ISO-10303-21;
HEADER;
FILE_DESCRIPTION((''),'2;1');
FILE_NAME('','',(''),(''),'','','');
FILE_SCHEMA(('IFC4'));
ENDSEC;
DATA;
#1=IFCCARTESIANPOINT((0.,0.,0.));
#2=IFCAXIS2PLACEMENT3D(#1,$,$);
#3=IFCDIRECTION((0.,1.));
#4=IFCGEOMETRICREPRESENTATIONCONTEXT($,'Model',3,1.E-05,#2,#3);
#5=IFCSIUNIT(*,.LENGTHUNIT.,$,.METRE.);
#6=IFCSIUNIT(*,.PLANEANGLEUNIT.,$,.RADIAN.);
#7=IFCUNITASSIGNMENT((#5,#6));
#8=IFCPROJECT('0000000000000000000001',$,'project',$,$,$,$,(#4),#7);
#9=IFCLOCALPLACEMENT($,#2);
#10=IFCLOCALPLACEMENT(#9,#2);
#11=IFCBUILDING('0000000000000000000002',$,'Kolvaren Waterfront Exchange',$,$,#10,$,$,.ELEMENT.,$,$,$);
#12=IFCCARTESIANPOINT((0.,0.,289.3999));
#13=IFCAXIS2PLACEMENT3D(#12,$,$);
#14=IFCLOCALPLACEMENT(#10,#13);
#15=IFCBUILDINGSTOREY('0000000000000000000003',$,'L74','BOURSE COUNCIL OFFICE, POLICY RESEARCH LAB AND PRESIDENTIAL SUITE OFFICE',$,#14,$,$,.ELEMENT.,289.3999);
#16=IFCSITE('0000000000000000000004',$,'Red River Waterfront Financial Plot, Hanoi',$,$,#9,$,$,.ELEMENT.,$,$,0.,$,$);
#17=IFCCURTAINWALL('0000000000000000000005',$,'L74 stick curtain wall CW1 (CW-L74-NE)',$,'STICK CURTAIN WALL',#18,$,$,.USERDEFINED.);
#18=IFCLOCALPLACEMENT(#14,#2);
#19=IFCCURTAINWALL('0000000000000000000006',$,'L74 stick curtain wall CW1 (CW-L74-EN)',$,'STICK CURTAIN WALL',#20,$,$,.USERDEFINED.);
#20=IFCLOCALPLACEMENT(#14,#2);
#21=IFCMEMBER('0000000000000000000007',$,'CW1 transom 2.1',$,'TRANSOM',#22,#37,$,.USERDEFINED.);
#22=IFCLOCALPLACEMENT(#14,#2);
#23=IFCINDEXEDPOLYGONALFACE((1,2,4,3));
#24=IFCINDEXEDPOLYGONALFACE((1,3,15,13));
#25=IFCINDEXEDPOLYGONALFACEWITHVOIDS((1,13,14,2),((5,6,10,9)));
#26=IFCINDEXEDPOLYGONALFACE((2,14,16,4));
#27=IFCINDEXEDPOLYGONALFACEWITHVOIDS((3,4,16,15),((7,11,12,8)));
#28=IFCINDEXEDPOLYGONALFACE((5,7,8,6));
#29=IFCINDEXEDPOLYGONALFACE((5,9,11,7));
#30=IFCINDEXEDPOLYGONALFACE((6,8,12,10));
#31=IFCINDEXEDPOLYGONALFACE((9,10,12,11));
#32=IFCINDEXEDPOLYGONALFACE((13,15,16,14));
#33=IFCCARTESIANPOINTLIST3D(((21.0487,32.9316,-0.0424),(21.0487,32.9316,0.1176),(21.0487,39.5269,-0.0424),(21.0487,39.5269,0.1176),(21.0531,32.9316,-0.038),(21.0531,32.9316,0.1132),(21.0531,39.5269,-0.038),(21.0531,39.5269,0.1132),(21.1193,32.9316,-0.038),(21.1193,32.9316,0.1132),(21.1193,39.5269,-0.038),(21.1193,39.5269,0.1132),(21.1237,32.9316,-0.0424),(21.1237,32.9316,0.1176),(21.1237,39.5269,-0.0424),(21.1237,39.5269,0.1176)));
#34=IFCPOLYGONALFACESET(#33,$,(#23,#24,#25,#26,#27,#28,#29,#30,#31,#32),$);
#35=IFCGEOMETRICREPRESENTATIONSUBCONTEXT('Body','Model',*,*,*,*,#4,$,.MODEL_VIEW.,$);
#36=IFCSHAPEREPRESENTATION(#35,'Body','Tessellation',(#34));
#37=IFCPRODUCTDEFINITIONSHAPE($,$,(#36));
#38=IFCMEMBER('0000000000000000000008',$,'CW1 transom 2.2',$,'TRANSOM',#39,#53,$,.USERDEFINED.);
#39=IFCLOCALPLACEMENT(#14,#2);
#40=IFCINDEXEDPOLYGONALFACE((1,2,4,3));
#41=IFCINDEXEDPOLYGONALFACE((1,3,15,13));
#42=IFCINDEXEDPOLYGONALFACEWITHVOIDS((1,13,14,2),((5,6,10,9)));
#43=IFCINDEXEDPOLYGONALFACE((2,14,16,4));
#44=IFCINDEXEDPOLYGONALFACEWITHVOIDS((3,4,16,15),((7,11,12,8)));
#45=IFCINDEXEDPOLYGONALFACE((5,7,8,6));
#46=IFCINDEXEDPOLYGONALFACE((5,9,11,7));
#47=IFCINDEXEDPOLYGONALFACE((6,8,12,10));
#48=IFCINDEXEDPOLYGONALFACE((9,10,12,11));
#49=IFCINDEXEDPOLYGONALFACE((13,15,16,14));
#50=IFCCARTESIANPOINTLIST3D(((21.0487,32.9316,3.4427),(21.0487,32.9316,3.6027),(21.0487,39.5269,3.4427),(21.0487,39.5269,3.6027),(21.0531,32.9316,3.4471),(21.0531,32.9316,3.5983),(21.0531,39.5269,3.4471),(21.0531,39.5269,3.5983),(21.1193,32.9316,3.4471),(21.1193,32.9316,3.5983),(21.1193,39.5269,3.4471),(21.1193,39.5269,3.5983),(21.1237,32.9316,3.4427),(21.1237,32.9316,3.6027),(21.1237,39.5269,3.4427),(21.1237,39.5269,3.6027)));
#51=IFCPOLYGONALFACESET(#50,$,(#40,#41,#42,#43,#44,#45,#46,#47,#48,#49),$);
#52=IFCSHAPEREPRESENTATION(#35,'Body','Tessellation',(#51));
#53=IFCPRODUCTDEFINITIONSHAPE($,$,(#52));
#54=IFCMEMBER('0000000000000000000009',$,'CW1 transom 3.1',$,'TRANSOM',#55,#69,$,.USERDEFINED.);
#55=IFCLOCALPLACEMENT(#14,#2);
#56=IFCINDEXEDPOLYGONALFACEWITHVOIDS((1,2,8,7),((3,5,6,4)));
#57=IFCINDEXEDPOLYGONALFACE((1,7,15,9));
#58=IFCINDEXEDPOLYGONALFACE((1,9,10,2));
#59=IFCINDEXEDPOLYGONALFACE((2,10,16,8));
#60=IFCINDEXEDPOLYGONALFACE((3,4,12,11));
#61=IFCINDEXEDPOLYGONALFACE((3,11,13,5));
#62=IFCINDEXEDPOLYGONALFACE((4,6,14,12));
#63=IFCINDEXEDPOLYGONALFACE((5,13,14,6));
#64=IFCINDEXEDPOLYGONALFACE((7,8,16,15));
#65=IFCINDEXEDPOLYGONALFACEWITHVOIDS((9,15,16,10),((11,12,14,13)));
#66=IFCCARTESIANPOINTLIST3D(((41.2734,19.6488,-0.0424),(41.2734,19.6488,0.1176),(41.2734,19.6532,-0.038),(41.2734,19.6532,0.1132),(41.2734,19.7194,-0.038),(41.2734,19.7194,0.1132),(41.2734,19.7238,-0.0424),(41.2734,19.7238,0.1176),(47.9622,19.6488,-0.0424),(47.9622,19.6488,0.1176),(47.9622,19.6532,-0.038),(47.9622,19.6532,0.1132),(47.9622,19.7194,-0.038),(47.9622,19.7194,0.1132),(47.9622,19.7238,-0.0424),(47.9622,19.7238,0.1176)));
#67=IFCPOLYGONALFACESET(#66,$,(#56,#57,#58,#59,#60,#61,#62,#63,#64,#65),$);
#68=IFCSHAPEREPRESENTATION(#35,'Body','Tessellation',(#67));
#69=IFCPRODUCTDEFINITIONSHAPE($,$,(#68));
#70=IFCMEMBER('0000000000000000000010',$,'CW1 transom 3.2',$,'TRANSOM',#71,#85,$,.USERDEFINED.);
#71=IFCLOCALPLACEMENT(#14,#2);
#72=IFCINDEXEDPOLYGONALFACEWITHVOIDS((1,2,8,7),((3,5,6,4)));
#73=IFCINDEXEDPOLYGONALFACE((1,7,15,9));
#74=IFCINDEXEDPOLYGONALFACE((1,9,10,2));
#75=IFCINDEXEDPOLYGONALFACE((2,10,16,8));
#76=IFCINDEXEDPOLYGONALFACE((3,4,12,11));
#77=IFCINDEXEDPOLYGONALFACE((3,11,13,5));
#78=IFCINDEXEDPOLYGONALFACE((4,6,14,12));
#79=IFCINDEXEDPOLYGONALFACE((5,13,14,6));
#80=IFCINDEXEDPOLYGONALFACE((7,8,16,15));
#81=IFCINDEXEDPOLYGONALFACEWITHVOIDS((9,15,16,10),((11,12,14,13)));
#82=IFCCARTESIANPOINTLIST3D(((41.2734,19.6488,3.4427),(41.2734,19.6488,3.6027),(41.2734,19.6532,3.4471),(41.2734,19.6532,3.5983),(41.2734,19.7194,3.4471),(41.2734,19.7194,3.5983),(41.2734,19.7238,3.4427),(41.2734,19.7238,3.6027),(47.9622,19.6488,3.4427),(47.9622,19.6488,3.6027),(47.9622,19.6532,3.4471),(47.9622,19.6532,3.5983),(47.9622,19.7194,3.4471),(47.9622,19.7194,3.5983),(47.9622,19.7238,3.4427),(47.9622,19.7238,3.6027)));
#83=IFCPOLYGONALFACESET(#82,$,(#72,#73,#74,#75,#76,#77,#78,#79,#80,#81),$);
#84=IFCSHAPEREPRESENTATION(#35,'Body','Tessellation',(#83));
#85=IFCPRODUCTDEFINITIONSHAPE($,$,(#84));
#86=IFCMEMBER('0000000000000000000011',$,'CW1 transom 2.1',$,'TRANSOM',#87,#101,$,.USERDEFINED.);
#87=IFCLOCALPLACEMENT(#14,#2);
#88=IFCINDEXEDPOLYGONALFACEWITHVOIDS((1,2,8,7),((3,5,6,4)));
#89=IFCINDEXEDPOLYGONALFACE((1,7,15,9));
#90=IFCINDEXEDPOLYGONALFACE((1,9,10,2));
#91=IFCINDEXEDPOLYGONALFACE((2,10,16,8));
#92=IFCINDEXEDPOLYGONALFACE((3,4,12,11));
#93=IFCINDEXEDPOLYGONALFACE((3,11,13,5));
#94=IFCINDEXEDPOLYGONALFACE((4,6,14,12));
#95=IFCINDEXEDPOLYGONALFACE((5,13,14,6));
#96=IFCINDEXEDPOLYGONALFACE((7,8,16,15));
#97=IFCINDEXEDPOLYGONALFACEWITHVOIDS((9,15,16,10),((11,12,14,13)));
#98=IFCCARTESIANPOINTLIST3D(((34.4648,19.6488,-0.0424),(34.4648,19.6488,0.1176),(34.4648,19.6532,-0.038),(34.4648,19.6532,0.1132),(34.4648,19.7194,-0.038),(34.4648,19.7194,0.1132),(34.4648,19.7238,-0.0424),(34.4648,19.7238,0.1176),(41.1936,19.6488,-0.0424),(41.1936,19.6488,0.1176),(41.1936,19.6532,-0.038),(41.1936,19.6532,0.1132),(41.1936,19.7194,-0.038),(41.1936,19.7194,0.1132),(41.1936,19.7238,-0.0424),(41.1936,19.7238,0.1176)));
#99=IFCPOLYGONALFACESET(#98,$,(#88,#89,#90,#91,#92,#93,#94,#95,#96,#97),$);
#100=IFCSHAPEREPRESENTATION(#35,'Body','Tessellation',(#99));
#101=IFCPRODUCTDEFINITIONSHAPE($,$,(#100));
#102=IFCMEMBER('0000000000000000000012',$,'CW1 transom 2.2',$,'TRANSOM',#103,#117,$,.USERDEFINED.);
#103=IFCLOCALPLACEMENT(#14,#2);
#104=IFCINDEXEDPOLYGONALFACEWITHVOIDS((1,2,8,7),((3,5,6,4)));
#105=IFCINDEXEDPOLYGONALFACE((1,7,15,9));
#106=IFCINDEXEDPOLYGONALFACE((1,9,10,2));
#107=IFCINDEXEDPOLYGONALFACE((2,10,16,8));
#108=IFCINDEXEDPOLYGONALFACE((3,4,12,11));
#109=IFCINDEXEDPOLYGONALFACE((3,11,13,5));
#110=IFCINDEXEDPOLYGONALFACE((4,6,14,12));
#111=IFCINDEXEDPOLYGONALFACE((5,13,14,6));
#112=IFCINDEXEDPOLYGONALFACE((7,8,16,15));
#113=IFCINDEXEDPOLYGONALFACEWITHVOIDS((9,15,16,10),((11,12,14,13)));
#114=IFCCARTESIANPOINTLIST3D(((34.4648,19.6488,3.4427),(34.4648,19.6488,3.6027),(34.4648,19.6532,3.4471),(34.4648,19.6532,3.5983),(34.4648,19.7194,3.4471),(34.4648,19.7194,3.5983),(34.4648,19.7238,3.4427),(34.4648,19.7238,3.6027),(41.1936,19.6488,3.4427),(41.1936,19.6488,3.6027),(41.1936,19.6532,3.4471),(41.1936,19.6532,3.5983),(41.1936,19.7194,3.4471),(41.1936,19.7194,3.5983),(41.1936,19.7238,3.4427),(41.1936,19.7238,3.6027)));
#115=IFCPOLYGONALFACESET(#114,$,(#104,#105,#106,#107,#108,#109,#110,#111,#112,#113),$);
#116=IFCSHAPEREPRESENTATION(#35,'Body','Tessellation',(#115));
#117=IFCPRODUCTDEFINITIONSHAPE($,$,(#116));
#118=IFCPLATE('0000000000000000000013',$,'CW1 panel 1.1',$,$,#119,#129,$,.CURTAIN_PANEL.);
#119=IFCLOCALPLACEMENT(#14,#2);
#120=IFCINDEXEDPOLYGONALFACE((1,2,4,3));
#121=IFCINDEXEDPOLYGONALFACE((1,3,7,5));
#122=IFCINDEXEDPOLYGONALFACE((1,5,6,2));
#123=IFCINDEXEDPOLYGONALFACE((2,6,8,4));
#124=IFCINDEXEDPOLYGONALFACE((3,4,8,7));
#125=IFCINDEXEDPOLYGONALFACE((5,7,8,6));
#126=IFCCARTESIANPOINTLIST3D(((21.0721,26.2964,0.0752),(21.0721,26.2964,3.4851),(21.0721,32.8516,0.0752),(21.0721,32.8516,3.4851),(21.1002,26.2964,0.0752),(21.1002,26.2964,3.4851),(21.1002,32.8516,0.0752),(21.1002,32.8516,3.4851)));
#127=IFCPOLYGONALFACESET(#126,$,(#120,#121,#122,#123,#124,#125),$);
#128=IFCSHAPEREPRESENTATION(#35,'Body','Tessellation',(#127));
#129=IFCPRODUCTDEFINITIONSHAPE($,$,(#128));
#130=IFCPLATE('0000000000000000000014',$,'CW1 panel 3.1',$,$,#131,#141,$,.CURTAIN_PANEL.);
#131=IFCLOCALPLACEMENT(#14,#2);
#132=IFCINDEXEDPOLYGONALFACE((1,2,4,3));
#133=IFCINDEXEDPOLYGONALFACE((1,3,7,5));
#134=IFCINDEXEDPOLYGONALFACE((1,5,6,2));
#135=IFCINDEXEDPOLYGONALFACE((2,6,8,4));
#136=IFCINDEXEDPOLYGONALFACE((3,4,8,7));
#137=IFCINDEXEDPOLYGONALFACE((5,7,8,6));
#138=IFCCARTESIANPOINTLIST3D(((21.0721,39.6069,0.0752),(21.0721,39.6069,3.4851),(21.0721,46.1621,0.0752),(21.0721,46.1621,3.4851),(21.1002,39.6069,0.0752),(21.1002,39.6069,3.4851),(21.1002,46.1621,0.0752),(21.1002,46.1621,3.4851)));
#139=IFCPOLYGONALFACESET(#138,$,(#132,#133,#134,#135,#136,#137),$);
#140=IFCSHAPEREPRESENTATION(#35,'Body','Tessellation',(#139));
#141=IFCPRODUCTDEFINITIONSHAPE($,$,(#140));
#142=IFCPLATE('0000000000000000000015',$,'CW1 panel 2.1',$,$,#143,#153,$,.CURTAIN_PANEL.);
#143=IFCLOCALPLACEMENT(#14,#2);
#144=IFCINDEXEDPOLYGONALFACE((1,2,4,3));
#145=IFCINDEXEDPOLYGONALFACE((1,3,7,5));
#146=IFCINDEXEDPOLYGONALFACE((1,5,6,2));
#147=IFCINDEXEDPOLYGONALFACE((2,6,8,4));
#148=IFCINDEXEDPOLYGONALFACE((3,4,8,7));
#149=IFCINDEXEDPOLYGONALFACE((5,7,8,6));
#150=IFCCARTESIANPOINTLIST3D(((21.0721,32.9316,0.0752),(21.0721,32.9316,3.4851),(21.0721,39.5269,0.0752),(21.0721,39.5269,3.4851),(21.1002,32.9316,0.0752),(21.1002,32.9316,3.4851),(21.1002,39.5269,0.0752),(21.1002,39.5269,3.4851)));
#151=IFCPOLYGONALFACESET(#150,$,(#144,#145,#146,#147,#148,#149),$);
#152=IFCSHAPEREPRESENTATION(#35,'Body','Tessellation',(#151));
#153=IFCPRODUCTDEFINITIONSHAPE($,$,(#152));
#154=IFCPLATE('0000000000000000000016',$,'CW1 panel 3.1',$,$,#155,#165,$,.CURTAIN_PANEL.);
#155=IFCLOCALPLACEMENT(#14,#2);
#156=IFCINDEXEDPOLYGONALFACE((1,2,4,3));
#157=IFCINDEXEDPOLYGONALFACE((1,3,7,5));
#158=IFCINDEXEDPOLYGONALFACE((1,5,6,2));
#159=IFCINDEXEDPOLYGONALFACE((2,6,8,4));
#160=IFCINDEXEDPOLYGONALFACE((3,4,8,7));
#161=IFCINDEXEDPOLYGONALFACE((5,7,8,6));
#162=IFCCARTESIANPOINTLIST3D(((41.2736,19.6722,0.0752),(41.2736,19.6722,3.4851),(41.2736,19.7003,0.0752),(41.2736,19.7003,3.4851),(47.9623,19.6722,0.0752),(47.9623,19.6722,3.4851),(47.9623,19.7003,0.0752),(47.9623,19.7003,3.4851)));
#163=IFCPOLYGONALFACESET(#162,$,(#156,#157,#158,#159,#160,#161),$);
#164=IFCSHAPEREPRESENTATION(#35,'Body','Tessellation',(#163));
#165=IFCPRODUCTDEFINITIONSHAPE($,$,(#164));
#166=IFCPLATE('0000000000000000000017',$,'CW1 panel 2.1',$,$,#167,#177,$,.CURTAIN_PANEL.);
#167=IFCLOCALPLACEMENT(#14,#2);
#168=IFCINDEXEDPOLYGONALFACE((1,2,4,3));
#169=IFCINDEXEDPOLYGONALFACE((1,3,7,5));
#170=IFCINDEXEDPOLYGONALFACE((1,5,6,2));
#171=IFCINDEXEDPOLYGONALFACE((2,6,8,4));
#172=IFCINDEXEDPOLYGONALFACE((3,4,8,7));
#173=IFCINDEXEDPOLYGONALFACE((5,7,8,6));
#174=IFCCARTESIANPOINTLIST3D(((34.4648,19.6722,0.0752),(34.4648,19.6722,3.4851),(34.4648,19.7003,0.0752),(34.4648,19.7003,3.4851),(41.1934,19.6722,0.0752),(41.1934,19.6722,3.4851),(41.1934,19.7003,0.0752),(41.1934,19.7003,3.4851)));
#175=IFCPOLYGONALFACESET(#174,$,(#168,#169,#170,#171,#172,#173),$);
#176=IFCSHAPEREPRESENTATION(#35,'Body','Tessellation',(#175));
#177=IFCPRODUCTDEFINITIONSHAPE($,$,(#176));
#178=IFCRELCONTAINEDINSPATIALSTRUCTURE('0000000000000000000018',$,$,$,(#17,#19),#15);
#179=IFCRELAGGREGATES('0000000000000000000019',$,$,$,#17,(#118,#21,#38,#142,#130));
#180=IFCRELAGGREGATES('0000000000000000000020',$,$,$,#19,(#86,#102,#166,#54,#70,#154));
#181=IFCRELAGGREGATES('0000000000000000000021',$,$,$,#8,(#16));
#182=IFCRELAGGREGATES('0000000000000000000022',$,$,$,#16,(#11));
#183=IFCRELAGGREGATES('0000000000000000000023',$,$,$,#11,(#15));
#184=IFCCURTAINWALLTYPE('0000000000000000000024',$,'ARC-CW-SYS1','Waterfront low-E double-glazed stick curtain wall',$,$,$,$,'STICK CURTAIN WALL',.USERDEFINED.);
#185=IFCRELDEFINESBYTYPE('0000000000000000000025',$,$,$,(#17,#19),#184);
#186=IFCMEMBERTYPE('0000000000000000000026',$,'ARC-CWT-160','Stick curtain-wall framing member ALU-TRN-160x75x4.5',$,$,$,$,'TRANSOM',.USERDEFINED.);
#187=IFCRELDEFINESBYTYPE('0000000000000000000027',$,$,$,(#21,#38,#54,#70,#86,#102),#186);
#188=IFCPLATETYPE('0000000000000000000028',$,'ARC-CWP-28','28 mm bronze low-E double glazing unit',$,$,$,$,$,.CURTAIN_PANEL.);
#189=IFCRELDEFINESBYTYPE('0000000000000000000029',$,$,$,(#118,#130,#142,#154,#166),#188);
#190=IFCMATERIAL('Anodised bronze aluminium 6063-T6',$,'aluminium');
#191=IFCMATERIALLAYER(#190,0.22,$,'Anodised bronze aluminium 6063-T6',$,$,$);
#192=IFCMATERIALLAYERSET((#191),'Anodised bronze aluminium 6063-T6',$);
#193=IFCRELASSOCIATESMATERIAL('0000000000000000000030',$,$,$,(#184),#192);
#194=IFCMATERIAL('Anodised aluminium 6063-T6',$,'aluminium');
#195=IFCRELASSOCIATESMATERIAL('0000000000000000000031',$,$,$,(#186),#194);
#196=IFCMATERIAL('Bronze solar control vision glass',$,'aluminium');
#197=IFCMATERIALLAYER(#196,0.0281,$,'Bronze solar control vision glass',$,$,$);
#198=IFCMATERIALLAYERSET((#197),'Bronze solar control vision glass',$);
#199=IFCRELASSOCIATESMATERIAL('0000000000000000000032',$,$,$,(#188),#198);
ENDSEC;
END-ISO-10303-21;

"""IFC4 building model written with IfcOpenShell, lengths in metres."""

from ifc_helpers import new_model, si_unit, direction, frame, origin, origin_with_axes, origin_2d, place, context, subcontext, project, spatial, rectangle, hollow_rectangle, extrude, source, transform, mapped, material, layer, layer_set, material_profile, profile_set, type_object, element, aggregate, save


model = new_model("IFC4")

# Units and contexts
model_context = context("Model", 3, precision=1e-05, world=origin(), true_north=direction((0.0, 1.0)))
body_context = subcontext(model_context, "Body", "Model", "MODEL_VIEW")
ifc_project = project(units=[si_unit("LENGTHUNIT", "METRE"), si_unit("PLANEANGLEUNIT", "RADIAN")], contexts=[model_context])

# Site, building, storey
site_placement = place(None, origin())
site = spatial("IfcSite", under=ifc_project, at=site_placement, Name="Red River Waterfront Financial Plot, Hanoi", CompositionType="ELEMENT", RefElevation=0.0)
building_placement = place(site_placement, origin())
building = spatial("IfcBuilding", under=site, at=building_placement, Name="Kolvaren Waterfront Exchange", CompositionType="ELEMENT")
storey_placement = place(building_placement, frame((0.0, 0.0, 289.3999)))
storey = spatial("IfcBuildingStorey", under=building, at=storey_placement, Name="L74", Description="BOURSE COUNCIL OFFICE, POLICY RESEARCH LAB AND PRESIDENTIAL SUITE OFFICE", CompositionType="ELEMENT", Elevation=289.3999)

# Curtain walls
ifc_material_1 = material(Name="Anodised bronze aluminium 6063-T6", Category="aluminium")
ifc_layer_1 = layer(ifc_material_1, 0.22, Name="Anodised bronze aluminium 6063-T6")
ifc_layer_set_1 = layer_set([ifc_layer_1], Name="Anodised bronze aluminium 6063-T6")
curtain_wall_type = type_object("IfcCurtainWallType", Name="ARC-CW-SYS1", Description="Waterfront low-E double-glazed stick curtain wall", ElementType="STICK CURTAIN WALL", PredefinedType="USERDEFINED", material=ifc_layer_set_1)
curtain_wall_1_placement = place(storey_placement, origin())
curtain_wall_1 = element("IfcCurtainWall", 1, at=curtain_wall_1_placement, inside=storey, type_object=curtain_wall_type, Name="L74 stick curtain wall CW1 (CW-L74-NE)", ObjectType="STICK CURTAIN WALL", PredefinedType="USERDEFINED")
ifc_material_2 = material(Name="Anodised aluminium 6063-T6", Category="aluminium")
curtain_wall_2_placement = place(storey_placement, origin())
curtain_wall_2 = element("IfcCurtainWall", 2, at=curtain_wall_2_placement, inside=storey, type_object=curtain_wall_type, Name="L74 stick curtain wall CW1 (CW-L74-EN)", ObjectType="STICK CURTAIN WALL", PredefinedType="USERDEFINED")

# Members
ifc_material_profile_1 = material_profile(ifc_material_2, hollow_rectangle(XDim=0.075, YDim=0.1599, WallThickness=0.0044, at=origin_2d()), Name="ALU-TRN-160x75x4.5")
ifc_profile_set_1 = profile_set([ifc_material_profile_1], Name="Anodised aluminium 6063-T6")
member_type_1 = type_object("IfcMemberType", Name="ARC-CWT-160", Description="Stick curtain-wall framing member ALU-TRN-160x75x4.5", ElementType="TRANSOM", PredefinedType="USERDEFINED", material=ifc_profile_set_1)
shared_shape_1 = source(origin_with_axes(), body_context, "Body", "SweptSolid", [
    extrude(hollow_rectangle(XDim=0.075, YDim=0.1599, WallThickness=0.0044, at=origin_2d()), origin(), (0.0, 0.0, 1.0), 6.5952),
])
member_1_placement = place(storey_placement, frame((21.0862, 32.9316, 0.0376), z_axis=(0.0, 1.0, 0.0), x_axis=(-1.0, 0.0, 0.0)))
member_1 = element("IfcMember", 3, at=member_1_placement, type_object=member_type_1, Name="CW1 transom 2.1", ObjectType="TRANSOM", PredefinedType="USERDEFINED", context=body_context, shape_type="MappedRepresentation", body=[
    mapped(shared_shape_1, transform((0.0, 0.0, 0.0), x_axis=(1.0, 0.0, 0.0), y_axis=(0.0, 1.0, 0.0), z_axis=(0.0, 0.0, 1.0), scale=1.0)),
])
member_2_placement = place(storey_placement, frame((21.0862, 32.9316, 3.5227), z_axis=(0.0, 1.0, 0.0), x_axis=(-1.0, 0.0, 0.0)))
member_2 = element("IfcMember", 4, at=member_2_placement, type_object=member_type_1, Name="CW1 transom 2.2", ObjectType="TRANSOM", PredefinedType="USERDEFINED", context=body_context, shape_type="MappedRepresentation", body=[
    mapped(shared_shape_1, transform((0.0, 0.0, 0.0), x_axis=(1.0, 0.0, 0.0), y_axis=(0.0, 1.0, 0.0), z_axis=(0.0, 0.0, 1.0), scale=1.0)),
])
shared_shape_2 = source(origin_with_axes(), body_context, "Body", "SweptSolid", [
    extrude(hollow_rectangle(XDim=0.075, YDim=0.1599, WallThickness=0.0044, at=origin_2d()), origin(), (0.0, 0.0, 1.0), 6.6887),
])
member_3_placement = place(storey_placement, frame((41.2734, 19.6863, 0.0376), z_axis=(1.0, 0.0, 0.0), x_axis=(0.0, 1.0, 0.0)))
member_3 = element("IfcMember", 5, at=member_3_placement, type_object=member_type_1, Name="CW1 transom 3.1", ObjectType="TRANSOM", PredefinedType="USERDEFINED", context=body_context, shape_type="MappedRepresentation", body=[
    mapped(shared_shape_2, transform((0.0, 0.0, 0.0), x_axis=(1.0, 0.0, 0.0), y_axis=(0.0, 1.0, 0.0), z_axis=(0.0, 0.0, 1.0), scale=1.0)),
])
member_4_placement = place(storey_placement, frame((41.2734, 19.6863, 3.5227), z_axis=(1.0, 0.0, 0.0), x_axis=(0.0, 1.0, 0.0)))
member_4 = element("IfcMember", 6, at=member_4_placement, type_object=member_type_1, Name="CW1 transom 3.2", ObjectType="TRANSOM", PredefinedType="USERDEFINED", context=body_context, shape_type="MappedRepresentation", body=[
    mapped(shared_shape_2, transform((0.0, 0.0, 0.0), x_axis=(1.0, 0.0, 0.0), y_axis=(0.0, 1.0, 0.0), z_axis=(0.0, 0.0, 1.0), scale=1.0)),
])
shared_shape_3 = source(origin_with_axes(), body_context, "Body", "SweptSolid", [
    extrude(hollow_rectangle(XDim=0.075, YDim=0.1599, WallThickness=0.0044, at=origin_2d()), origin(), (0.0, 0.0, 1.0), 6.7288),
])
member_5_placement = place(storey_placement, frame((34.4648, 19.6863, 0.0376), z_axis=(1.0, 0.0, 0.0), x_axis=(0.0, 1.0, 0.0)))
member_5 = element("IfcMember", 7, at=member_5_placement, type_object=member_type_1, Name="CW1 transom 2.1", ObjectType="TRANSOM", PredefinedType="USERDEFINED", context=body_context, shape_type="MappedRepresentation", body=[
    mapped(shared_shape_3, transform((0.0, 0.0, 0.0), x_axis=(1.0, 0.0, 0.0), y_axis=(0.0, 1.0, 0.0), z_axis=(0.0, 0.0, 1.0), scale=1.0)),
])
member_6_placement = place(storey_placement, frame((34.4648, 19.6863, 3.5227), z_axis=(1.0, 0.0, 0.0), x_axis=(0.0, 1.0, 0.0)))
member_6 = element("IfcMember", 8, at=member_6_placement, type_object=member_type_1, Name="CW1 transom 2.2", ObjectType="TRANSOM", PredefinedType="USERDEFINED", context=body_context, shape_type="MappedRepresentation", body=[
    mapped(shared_shape_3, transform((0.0, 0.0, 0.0), x_axis=(1.0, 0.0, 0.0), y_axis=(0.0, 1.0, 0.0), z_axis=(0.0, 0.0, 1.0), scale=1.0)),
])

# Plates
ifc_material_3 = material(Name="Bronze solar control vision glass", Category="aluminium")
ifc_layer_2 = layer(ifc_material_3, 0.0281, Name="Bronze solar control vision glass")
ifc_layer_set_2 = layer_set([ifc_layer_2], Name="Bronze solar control vision glass")
plate_type = type_object("IfcPlateType", Name="ARC-CWP-28", Description="28 mm bronze low-E double glazing unit", PredefinedType="CURTAIN_PANEL", material=ifc_layer_set_2)
shared_shape_4 = source(origin_with_axes(), body_context, "Body", "SweptSolid", [
    extrude(rectangle(XDim=6.5552, YDim=0.0281, at=origin_2d()), origin(), (0.0, 0.0, 1.0), 3.4099),
])
plate_1_placement = place(storey_placement, frame((21.0862, 29.574, 0.0752), z_axis=(0.0, 0.0, 1.0), x_axis=(0.0, 1.0, 0.0)))
plate_1 = element("IfcPlate", 9, at=plate_1_placement, type_object=plate_type, Name="CW1 panel 1.1", PredefinedType="CURTAIN_PANEL", context=body_context, shape_type="MappedRepresentation", body=[
    mapped(shared_shape_4, transform((0.0, 0.0, 0.0), x_axis=(1.0, 0.0, 0.0), y_axis=(0.0, 1.0, 0.0), z_axis=(0.0, 0.0, 1.0), scale=1.0)),
])
plate_2_placement = place(storey_placement, frame((21.0862, 42.8845, 0.0752), z_axis=(0.0, 0.0, 1.0), x_axis=(0.0, 1.0, 0.0)))
plate_2 = element("IfcPlate", 10, at=plate_2_placement, type_object=plate_type, Name="CW1 panel 3.1", PredefinedType="CURTAIN_PANEL", context=body_context, shape_type="MappedRepresentation", body=[
    mapped(shared_shape_4, transform((0.0, 0.0, 0.0), x_axis=(1.0, 0.0, 0.0), y_axis=(0.0, 1.0, 0.0), z_axis=(0.0, 0.0, 1.0), scale=1.0)),
])
shared_shape_5 = source(origin_with_axes(), body_context, "Body", "SweptSolid", [
    extrude(rectangle(XDim=6.5952, YDim=0.0281, at=origin_2d()), origin(), (0.0, 0.0, 1.0), 3.4099),
])
plate_3_placement = place(storey_placement, frame((21.0862, 36.2292, 0.0752), z_axis=(0.0, 0.0, 1.0), x_axis=(0.0, 1.0, 0.0)))
plate_3 = element("IfcPlate", 11, at=plate_3_placement, type_object=plate_type, Name="CW1 panel 2.1", PredefinedType="CURTAIN_PANEL", context=body_context, shape_type="MappedRepresentation", body=[
    mapped(shared_shape_5, transform((0.0, 0.0, 0.0), x_axis=(1.0, 0.0, 0.0), y_axis=(0.0, 1.0, 0.0), z_axis=(0.0, 0.0, 1.0), scale=1.0)),
])
aggregate(curtain_wall_1, [plate_1, member_1, member_2, plate_3, plate_2])
shared_shape_6 = source(origin_with_axes(), body_context, "Body", "SweptSolid", [
    extrude(rectangle(XDim=6.6887, YDim=0.0281, at=origin_2d()), origin(), (0.0, 0.0, 1.0), 3.4099),
])
plate_4_placement = place(storey_placement, frame((44.6179, 19.6863, 0.0752), z_axis=(0.0, 0.0, 1.0), x_axis=(1.0, 0.0, 0.0)))
plate_4 = element("IfcPlate", 12, at=plate_4_placement, type_object=plate_type, Name="CW1 panel 3.1", PredefinedType="CURTAIN_PANEL", context=body_context, shape_type="MappedRepresentation", body=[
    mapped(shared_shape_6, transform((0.0, 0.0, 0.0), x_axis=(1.0, 0.0, 0.0), y_axis=(0.0, 1.0, 0.0), z_axis=(0.0, 0.0, 1.0), scale=1.0)),
])
shared_shape_7 = source(origin_with_axes(), body_context, "Body", "SweptSolid", [
    extrude(rectangle(XDim=6.7285, YDim=0.0281, at=origin_2d()), origin(), (0.0, 0.0, 1.0), 3.4099),
])
plate_5_placement = place(storey_placement, frame((37.8291, 19.6863, 0.0752), z_axis=(0.0, 0.0, 1.0), x_axis=(1.0, 0.0, 0.0)))
plate_5 = element("IfcPlate", 13, at=plate_5_placement, type_object=plate_type, Name="CW1 panel 2.1", PredefinedType="CURTAIN_PANEL", context=body_context, shape_type="MappedRepresentation", body=[
    mapped(shared_shape_7, transform((0.0, 0.0, 0.0), x_axis=(1.0, 0.0, 0.0), y_axis=(0.0, 1.0, 0.0), z_axis=(0.0, 0.0, 1.0), scale=1.0)),
])
aggregate(curtain_wall_2, [member_5, member_6, plate_5, member_3, member_4, plate_4])

save(model, "model.ifc")
